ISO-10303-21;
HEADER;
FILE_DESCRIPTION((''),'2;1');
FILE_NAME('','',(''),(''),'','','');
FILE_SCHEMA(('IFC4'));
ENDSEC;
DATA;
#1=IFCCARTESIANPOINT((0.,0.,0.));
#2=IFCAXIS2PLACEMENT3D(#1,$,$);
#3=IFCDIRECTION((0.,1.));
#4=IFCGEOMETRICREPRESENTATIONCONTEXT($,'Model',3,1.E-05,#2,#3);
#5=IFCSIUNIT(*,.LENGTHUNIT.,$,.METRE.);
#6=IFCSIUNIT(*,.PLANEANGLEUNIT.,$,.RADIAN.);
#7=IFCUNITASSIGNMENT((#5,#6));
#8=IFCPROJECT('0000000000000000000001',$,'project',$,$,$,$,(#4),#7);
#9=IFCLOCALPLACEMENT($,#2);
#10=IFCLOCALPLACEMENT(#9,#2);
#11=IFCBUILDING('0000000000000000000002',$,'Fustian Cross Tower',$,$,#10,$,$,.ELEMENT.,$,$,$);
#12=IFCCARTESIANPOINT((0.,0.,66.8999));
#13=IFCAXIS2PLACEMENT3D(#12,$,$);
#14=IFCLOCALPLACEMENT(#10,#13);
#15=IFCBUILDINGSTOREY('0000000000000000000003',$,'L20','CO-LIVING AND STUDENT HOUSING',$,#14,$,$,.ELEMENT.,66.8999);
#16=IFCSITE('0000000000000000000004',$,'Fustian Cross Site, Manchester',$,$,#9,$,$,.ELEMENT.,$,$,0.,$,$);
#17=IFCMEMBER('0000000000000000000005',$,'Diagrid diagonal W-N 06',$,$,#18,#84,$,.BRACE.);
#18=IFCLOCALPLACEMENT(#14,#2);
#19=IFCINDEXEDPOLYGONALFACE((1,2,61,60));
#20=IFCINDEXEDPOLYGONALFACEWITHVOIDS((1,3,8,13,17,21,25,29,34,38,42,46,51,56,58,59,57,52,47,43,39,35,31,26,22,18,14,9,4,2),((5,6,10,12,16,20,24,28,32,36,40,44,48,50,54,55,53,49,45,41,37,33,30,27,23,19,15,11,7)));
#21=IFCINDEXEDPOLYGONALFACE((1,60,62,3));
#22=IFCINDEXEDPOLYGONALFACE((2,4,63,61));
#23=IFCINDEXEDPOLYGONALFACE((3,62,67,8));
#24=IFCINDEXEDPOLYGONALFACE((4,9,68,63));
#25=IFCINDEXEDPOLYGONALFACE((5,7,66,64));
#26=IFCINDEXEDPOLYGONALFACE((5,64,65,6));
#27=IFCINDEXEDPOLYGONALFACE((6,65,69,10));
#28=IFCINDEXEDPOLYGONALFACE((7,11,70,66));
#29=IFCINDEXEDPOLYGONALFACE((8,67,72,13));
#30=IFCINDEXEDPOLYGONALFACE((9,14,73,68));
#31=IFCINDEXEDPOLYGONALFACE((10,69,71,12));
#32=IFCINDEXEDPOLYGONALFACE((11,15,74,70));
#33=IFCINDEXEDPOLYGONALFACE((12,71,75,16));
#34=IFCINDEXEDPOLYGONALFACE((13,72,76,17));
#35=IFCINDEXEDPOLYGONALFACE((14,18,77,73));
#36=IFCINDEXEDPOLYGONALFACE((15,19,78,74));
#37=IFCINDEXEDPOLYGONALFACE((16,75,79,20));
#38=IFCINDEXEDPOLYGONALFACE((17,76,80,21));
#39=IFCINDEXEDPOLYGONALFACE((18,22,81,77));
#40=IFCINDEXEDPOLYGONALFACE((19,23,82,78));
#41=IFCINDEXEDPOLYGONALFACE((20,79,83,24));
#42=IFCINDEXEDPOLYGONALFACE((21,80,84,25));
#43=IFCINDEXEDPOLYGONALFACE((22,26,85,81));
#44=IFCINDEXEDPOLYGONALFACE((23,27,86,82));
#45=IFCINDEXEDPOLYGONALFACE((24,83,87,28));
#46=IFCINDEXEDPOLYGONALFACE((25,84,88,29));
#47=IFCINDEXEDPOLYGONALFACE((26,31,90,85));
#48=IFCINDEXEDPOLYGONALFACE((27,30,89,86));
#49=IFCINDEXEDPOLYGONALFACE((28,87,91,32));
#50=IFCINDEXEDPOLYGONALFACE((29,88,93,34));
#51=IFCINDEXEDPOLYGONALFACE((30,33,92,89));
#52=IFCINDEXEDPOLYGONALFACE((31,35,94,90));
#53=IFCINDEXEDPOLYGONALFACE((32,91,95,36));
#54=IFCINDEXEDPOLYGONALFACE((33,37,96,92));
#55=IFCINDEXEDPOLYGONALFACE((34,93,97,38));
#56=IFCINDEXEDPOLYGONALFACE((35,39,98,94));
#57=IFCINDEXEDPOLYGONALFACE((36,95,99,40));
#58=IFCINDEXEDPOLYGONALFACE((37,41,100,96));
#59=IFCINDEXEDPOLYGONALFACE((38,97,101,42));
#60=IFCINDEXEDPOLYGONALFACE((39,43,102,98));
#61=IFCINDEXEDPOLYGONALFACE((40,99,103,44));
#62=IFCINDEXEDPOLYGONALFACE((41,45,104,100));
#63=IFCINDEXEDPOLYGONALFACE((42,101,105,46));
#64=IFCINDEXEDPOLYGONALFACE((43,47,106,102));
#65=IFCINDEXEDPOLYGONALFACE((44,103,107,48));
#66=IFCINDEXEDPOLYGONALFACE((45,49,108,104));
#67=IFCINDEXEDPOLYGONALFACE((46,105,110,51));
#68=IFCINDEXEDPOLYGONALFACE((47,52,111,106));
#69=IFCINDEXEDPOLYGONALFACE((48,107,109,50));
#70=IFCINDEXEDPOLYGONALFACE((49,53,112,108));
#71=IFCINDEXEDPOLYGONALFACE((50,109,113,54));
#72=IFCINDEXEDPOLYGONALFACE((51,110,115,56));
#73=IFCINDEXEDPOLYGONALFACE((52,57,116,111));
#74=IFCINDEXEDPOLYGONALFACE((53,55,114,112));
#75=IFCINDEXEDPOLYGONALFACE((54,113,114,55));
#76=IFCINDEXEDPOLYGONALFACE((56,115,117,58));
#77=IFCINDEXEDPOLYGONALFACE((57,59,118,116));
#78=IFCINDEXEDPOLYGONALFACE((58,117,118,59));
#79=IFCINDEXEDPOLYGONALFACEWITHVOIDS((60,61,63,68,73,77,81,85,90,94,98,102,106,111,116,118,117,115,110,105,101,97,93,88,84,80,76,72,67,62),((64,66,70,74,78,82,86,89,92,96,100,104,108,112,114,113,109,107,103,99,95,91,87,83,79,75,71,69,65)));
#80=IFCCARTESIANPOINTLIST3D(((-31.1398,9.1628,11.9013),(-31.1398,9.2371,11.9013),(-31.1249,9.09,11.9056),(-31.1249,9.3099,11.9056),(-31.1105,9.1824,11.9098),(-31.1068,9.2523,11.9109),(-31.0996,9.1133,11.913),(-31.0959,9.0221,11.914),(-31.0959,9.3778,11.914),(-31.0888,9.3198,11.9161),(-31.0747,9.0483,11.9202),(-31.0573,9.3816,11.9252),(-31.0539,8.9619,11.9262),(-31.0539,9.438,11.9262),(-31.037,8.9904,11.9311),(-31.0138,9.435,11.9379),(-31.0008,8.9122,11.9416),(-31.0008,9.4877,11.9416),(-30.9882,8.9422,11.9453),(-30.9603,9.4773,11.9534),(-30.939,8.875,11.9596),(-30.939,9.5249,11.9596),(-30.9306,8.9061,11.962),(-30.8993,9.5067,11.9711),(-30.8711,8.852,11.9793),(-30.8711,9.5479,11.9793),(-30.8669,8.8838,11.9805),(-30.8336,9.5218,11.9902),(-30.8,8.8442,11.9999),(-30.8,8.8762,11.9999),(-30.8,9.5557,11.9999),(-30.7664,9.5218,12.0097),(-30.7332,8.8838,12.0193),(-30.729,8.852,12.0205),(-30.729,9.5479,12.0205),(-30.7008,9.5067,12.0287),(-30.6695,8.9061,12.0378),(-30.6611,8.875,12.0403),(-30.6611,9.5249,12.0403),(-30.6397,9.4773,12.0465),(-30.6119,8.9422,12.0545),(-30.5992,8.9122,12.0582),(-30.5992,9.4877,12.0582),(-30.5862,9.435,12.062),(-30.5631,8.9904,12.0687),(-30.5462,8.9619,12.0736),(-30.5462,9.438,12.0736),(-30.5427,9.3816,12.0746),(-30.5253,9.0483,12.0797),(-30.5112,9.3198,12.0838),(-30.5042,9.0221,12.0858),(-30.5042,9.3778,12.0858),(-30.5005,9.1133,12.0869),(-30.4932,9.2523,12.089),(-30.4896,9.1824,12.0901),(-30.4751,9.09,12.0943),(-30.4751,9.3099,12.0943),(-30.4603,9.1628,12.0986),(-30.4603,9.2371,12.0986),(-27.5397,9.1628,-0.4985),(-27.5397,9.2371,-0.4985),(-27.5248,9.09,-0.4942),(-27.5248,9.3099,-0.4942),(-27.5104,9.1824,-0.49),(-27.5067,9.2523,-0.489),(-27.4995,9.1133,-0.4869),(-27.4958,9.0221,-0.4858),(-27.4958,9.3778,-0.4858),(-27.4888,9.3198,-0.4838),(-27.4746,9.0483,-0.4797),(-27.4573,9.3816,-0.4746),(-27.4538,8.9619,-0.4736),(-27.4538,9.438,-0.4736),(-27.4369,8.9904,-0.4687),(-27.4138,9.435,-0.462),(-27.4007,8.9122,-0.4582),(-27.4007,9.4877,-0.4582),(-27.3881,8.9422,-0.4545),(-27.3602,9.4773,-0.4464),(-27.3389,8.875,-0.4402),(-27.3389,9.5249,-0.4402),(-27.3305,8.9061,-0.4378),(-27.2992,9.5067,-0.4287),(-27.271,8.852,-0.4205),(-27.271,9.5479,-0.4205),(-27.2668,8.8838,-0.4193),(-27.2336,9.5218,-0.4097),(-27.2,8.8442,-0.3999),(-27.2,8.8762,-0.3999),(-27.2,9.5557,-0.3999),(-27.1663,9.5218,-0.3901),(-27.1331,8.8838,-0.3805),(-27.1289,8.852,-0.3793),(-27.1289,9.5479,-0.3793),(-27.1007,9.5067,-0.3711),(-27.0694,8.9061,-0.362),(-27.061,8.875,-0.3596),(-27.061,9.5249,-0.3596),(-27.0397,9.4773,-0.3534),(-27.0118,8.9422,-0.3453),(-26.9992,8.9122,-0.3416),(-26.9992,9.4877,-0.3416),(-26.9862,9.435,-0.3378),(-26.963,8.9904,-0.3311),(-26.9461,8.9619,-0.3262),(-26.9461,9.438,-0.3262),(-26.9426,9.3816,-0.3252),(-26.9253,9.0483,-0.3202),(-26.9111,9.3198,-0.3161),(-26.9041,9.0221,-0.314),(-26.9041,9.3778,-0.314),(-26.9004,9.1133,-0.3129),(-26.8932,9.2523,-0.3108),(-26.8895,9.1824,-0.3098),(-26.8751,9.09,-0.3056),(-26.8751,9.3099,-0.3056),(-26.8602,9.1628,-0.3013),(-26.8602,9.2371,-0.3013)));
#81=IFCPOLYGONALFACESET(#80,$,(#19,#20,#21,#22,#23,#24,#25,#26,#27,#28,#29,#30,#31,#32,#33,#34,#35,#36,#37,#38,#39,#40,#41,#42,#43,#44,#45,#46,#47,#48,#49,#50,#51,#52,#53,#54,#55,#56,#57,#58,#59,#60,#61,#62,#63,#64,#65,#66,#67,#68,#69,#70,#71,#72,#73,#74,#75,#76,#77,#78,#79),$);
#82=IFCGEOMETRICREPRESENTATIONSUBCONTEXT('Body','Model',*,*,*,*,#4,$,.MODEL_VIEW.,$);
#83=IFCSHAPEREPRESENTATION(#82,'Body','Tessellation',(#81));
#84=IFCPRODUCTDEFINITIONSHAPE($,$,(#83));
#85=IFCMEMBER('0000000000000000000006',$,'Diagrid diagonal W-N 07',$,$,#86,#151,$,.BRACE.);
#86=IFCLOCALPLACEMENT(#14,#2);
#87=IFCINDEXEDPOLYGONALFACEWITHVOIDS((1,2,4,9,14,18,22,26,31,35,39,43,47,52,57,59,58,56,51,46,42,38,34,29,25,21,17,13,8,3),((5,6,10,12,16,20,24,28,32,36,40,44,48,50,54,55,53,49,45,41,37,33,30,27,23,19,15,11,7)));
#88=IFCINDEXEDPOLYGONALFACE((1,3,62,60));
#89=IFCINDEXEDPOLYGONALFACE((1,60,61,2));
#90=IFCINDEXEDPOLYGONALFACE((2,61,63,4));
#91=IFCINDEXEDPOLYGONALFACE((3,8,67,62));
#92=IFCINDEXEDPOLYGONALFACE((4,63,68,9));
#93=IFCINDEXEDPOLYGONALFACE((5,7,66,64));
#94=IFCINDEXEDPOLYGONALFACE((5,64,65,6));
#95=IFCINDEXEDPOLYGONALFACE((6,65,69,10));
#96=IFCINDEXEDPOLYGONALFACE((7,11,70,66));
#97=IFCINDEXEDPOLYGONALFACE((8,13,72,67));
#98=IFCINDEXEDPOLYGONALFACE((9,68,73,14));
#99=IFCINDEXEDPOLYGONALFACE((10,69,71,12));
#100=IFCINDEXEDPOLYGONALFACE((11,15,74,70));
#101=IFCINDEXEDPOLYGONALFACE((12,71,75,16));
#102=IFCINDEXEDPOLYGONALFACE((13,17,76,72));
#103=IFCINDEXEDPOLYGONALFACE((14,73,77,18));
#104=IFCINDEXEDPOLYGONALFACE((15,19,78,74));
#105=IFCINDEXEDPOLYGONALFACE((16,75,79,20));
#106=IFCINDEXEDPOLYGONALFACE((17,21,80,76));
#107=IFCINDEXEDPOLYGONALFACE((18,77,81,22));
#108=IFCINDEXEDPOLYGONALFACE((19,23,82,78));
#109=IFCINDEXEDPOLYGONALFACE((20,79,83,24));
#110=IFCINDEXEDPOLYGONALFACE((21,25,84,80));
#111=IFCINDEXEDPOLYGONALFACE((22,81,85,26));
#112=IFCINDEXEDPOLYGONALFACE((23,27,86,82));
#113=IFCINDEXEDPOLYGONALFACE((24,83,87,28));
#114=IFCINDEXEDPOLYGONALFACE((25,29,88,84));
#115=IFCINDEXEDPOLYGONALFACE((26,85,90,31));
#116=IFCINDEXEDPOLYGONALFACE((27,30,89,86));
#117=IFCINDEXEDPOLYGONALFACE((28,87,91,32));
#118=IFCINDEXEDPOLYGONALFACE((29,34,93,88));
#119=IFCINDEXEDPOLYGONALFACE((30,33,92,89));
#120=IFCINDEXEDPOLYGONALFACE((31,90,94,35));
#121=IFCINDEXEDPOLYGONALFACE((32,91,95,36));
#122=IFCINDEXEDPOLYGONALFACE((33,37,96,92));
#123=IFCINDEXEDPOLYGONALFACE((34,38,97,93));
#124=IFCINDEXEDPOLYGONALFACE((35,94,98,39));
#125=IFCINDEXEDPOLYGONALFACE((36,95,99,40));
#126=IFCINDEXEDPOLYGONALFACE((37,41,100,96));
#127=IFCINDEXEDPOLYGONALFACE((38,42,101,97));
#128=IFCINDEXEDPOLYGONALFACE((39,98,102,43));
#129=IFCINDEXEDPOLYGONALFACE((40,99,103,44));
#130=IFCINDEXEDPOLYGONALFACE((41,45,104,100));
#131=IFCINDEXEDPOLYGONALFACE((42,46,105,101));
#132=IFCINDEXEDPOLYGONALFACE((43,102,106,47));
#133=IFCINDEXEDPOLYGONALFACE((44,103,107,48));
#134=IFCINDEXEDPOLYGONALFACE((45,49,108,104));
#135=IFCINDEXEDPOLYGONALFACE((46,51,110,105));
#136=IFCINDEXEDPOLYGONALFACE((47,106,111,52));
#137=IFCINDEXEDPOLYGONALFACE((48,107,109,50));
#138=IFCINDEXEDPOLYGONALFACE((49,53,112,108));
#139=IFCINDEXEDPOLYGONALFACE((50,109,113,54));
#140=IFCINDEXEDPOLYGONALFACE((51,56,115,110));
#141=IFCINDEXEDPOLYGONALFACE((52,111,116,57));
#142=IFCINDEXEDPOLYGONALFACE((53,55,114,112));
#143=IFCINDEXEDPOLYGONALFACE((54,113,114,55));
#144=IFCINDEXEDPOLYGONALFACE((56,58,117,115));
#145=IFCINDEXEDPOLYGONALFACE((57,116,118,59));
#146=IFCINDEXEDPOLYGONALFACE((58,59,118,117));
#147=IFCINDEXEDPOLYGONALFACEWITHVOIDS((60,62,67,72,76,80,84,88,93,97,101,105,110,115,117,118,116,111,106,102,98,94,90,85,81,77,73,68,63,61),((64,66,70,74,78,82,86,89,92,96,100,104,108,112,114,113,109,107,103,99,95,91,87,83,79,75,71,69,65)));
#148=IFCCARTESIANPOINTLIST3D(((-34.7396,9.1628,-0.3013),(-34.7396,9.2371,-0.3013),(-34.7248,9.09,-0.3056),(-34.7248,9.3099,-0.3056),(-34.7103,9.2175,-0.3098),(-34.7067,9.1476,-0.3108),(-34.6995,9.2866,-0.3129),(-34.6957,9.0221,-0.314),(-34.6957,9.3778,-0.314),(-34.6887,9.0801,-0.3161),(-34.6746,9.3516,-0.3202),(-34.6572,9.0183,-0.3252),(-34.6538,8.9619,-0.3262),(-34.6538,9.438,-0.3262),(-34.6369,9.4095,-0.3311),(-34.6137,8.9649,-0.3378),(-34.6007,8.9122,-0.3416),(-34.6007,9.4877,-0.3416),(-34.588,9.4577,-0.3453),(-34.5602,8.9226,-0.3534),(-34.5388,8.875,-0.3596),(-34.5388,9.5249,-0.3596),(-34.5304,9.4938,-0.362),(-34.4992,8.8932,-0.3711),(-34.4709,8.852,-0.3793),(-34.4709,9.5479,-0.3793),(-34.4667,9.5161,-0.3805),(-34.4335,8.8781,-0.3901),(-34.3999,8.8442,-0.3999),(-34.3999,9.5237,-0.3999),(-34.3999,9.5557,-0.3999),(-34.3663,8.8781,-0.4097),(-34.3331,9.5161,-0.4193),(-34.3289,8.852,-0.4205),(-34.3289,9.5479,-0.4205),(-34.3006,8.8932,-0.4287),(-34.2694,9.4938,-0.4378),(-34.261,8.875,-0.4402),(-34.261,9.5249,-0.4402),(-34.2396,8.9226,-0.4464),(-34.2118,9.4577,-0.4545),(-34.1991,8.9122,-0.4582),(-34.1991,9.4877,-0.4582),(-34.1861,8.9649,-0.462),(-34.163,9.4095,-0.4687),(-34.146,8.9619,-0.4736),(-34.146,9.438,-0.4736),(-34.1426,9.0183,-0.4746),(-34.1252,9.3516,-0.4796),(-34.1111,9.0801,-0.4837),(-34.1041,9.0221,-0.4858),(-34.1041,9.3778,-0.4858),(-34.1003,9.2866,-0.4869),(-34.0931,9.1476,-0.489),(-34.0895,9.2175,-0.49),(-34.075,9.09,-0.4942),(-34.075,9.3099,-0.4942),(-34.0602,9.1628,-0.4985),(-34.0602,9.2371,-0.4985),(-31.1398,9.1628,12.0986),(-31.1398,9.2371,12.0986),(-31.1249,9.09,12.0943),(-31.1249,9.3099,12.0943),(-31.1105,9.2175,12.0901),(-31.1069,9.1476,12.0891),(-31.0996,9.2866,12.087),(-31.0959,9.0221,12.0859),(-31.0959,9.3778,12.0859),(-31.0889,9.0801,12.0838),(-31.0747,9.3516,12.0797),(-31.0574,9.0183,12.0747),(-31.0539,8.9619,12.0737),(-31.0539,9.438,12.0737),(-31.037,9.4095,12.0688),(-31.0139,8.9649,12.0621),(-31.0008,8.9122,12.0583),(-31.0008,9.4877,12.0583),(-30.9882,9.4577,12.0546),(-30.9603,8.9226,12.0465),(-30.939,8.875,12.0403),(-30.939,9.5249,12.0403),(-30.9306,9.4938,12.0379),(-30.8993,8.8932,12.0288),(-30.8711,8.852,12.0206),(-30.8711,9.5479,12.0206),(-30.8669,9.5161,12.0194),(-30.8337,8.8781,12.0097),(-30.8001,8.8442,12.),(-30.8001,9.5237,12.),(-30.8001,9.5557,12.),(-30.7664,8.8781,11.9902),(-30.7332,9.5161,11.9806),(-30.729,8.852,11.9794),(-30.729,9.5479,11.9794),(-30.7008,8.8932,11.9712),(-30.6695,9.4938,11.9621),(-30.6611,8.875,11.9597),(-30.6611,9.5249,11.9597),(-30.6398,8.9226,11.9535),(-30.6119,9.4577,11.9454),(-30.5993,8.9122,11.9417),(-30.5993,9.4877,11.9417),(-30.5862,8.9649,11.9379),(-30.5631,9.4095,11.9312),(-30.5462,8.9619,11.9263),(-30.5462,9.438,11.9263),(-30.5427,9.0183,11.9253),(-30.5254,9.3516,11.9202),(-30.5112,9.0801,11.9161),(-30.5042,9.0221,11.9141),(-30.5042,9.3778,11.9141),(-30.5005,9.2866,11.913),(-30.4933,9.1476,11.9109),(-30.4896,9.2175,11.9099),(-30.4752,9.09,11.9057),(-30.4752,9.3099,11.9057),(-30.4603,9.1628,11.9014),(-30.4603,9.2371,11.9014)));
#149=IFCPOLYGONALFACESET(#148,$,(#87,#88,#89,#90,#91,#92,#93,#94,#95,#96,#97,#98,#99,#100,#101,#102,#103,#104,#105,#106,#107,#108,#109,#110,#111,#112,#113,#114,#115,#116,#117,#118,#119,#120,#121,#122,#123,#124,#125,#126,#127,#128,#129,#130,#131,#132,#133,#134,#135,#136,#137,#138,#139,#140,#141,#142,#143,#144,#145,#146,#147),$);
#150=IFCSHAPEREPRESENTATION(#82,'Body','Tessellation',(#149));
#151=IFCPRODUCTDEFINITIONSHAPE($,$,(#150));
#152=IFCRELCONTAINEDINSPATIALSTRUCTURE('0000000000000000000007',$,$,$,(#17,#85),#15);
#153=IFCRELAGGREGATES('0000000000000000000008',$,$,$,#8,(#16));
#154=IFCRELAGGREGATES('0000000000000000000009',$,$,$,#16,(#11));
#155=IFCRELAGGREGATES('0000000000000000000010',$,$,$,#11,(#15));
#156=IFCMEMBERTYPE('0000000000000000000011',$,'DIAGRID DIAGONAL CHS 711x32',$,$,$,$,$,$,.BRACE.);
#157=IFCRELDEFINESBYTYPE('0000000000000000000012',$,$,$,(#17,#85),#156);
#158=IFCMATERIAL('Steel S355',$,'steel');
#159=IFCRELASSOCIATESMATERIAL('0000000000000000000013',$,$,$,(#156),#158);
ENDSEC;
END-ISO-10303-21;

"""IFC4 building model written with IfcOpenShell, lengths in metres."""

from ifc_helpers import new_model, si_unit, direction, frame, origin, origin_2d, place, context, subcontext, project, spatial, hollow_circle, extrude, material, material_profile, profile_set, type_object, element, save


model = new_model("IFC4")

# Units and contexts
model_context = context("Model", 3, precision=1e-05, world=origin(), true_north=direction((0.0, 1.0)))
body_context = subcontext(model_context, "Body", "Model", "MODEL_VIEW")
ifc_project = project(units=[si_unit("LENGTHUNIT", "METRE"), si_unit("PLANEANGLEUNIT", "RADIAN")], contexts=[model_context])

# Site, building, storey
site_placement = place(None, origin())
site = spatial("IfcSite", under=ifc_project, at=site_placement, Name="Fustian Cross Site, Manchester", CompositionType="ELEMENT", RefElevation=0.0)
building_placement = place(site_placement, origin())
building = spatial("IfcBuilding", under=site, at=building_placement, Name="Fustian Cross Tower", CompositionType="ELEMENT")
storey_placement = place(building_placement, frame((0.0, 0.0, 66.8999)))
storey = spatial("IfcBuildingStorey", under=building, at=storey_placement, Name="L20", Description="CO-LIVING AND STUDENT HOUSING", CompositionType="ELEMENT", Elevation=66.8999)

# Members
ifc_material_1 = material(Name="Steel S355", Category="steel")
ifc_material_profile_1 = material_profile(ifc_material_1, hollow_circle(Radius=0.3557, WallThickness=0.032, at=origin_2d()), Name="CHS 711x32")
ifc_profile_set_1 = profile_set([ifc_material_profile_1], Name="Steel S355")
member_type_1 = type_object("IfcMemberType", Name="DIAGRID DIAGONAL CHS 711x32", PredefinedType="BRACE", material=ifc_profile_set_1)
for number, where, z_axis, x_axis, name in (
    (1, (-27.2, 9.2, -0.3999), (-0.278819, 0.0, 0.960344), (0.0, -1.0, 0.0), "Diagrid diagonal W-N 06"),
    (2, (-34.3999, 9.2, -0.3999), (0.278802, 0.0, 0.960349), (0.0, 1.0, 0.0), "Diagrid diagonal W-N 07"),
):
    element("IfcMember", number, at=place(storey_placement, frame(where, z_axis=z_axis, x_axis=x_axis)), inside=storey, type_object=member_type_1, Name=name, PredefinedType="BRACE", context=body_context, shape_type="SweptSolid", body=[
        extrude(hollow_circle(Radius=0.3557, WallThickness=0.032, at=origin_2d()), origin(), (0.0, 0.0, 1.0), 12.9119),
    ])

save(model, "model.ifc")
